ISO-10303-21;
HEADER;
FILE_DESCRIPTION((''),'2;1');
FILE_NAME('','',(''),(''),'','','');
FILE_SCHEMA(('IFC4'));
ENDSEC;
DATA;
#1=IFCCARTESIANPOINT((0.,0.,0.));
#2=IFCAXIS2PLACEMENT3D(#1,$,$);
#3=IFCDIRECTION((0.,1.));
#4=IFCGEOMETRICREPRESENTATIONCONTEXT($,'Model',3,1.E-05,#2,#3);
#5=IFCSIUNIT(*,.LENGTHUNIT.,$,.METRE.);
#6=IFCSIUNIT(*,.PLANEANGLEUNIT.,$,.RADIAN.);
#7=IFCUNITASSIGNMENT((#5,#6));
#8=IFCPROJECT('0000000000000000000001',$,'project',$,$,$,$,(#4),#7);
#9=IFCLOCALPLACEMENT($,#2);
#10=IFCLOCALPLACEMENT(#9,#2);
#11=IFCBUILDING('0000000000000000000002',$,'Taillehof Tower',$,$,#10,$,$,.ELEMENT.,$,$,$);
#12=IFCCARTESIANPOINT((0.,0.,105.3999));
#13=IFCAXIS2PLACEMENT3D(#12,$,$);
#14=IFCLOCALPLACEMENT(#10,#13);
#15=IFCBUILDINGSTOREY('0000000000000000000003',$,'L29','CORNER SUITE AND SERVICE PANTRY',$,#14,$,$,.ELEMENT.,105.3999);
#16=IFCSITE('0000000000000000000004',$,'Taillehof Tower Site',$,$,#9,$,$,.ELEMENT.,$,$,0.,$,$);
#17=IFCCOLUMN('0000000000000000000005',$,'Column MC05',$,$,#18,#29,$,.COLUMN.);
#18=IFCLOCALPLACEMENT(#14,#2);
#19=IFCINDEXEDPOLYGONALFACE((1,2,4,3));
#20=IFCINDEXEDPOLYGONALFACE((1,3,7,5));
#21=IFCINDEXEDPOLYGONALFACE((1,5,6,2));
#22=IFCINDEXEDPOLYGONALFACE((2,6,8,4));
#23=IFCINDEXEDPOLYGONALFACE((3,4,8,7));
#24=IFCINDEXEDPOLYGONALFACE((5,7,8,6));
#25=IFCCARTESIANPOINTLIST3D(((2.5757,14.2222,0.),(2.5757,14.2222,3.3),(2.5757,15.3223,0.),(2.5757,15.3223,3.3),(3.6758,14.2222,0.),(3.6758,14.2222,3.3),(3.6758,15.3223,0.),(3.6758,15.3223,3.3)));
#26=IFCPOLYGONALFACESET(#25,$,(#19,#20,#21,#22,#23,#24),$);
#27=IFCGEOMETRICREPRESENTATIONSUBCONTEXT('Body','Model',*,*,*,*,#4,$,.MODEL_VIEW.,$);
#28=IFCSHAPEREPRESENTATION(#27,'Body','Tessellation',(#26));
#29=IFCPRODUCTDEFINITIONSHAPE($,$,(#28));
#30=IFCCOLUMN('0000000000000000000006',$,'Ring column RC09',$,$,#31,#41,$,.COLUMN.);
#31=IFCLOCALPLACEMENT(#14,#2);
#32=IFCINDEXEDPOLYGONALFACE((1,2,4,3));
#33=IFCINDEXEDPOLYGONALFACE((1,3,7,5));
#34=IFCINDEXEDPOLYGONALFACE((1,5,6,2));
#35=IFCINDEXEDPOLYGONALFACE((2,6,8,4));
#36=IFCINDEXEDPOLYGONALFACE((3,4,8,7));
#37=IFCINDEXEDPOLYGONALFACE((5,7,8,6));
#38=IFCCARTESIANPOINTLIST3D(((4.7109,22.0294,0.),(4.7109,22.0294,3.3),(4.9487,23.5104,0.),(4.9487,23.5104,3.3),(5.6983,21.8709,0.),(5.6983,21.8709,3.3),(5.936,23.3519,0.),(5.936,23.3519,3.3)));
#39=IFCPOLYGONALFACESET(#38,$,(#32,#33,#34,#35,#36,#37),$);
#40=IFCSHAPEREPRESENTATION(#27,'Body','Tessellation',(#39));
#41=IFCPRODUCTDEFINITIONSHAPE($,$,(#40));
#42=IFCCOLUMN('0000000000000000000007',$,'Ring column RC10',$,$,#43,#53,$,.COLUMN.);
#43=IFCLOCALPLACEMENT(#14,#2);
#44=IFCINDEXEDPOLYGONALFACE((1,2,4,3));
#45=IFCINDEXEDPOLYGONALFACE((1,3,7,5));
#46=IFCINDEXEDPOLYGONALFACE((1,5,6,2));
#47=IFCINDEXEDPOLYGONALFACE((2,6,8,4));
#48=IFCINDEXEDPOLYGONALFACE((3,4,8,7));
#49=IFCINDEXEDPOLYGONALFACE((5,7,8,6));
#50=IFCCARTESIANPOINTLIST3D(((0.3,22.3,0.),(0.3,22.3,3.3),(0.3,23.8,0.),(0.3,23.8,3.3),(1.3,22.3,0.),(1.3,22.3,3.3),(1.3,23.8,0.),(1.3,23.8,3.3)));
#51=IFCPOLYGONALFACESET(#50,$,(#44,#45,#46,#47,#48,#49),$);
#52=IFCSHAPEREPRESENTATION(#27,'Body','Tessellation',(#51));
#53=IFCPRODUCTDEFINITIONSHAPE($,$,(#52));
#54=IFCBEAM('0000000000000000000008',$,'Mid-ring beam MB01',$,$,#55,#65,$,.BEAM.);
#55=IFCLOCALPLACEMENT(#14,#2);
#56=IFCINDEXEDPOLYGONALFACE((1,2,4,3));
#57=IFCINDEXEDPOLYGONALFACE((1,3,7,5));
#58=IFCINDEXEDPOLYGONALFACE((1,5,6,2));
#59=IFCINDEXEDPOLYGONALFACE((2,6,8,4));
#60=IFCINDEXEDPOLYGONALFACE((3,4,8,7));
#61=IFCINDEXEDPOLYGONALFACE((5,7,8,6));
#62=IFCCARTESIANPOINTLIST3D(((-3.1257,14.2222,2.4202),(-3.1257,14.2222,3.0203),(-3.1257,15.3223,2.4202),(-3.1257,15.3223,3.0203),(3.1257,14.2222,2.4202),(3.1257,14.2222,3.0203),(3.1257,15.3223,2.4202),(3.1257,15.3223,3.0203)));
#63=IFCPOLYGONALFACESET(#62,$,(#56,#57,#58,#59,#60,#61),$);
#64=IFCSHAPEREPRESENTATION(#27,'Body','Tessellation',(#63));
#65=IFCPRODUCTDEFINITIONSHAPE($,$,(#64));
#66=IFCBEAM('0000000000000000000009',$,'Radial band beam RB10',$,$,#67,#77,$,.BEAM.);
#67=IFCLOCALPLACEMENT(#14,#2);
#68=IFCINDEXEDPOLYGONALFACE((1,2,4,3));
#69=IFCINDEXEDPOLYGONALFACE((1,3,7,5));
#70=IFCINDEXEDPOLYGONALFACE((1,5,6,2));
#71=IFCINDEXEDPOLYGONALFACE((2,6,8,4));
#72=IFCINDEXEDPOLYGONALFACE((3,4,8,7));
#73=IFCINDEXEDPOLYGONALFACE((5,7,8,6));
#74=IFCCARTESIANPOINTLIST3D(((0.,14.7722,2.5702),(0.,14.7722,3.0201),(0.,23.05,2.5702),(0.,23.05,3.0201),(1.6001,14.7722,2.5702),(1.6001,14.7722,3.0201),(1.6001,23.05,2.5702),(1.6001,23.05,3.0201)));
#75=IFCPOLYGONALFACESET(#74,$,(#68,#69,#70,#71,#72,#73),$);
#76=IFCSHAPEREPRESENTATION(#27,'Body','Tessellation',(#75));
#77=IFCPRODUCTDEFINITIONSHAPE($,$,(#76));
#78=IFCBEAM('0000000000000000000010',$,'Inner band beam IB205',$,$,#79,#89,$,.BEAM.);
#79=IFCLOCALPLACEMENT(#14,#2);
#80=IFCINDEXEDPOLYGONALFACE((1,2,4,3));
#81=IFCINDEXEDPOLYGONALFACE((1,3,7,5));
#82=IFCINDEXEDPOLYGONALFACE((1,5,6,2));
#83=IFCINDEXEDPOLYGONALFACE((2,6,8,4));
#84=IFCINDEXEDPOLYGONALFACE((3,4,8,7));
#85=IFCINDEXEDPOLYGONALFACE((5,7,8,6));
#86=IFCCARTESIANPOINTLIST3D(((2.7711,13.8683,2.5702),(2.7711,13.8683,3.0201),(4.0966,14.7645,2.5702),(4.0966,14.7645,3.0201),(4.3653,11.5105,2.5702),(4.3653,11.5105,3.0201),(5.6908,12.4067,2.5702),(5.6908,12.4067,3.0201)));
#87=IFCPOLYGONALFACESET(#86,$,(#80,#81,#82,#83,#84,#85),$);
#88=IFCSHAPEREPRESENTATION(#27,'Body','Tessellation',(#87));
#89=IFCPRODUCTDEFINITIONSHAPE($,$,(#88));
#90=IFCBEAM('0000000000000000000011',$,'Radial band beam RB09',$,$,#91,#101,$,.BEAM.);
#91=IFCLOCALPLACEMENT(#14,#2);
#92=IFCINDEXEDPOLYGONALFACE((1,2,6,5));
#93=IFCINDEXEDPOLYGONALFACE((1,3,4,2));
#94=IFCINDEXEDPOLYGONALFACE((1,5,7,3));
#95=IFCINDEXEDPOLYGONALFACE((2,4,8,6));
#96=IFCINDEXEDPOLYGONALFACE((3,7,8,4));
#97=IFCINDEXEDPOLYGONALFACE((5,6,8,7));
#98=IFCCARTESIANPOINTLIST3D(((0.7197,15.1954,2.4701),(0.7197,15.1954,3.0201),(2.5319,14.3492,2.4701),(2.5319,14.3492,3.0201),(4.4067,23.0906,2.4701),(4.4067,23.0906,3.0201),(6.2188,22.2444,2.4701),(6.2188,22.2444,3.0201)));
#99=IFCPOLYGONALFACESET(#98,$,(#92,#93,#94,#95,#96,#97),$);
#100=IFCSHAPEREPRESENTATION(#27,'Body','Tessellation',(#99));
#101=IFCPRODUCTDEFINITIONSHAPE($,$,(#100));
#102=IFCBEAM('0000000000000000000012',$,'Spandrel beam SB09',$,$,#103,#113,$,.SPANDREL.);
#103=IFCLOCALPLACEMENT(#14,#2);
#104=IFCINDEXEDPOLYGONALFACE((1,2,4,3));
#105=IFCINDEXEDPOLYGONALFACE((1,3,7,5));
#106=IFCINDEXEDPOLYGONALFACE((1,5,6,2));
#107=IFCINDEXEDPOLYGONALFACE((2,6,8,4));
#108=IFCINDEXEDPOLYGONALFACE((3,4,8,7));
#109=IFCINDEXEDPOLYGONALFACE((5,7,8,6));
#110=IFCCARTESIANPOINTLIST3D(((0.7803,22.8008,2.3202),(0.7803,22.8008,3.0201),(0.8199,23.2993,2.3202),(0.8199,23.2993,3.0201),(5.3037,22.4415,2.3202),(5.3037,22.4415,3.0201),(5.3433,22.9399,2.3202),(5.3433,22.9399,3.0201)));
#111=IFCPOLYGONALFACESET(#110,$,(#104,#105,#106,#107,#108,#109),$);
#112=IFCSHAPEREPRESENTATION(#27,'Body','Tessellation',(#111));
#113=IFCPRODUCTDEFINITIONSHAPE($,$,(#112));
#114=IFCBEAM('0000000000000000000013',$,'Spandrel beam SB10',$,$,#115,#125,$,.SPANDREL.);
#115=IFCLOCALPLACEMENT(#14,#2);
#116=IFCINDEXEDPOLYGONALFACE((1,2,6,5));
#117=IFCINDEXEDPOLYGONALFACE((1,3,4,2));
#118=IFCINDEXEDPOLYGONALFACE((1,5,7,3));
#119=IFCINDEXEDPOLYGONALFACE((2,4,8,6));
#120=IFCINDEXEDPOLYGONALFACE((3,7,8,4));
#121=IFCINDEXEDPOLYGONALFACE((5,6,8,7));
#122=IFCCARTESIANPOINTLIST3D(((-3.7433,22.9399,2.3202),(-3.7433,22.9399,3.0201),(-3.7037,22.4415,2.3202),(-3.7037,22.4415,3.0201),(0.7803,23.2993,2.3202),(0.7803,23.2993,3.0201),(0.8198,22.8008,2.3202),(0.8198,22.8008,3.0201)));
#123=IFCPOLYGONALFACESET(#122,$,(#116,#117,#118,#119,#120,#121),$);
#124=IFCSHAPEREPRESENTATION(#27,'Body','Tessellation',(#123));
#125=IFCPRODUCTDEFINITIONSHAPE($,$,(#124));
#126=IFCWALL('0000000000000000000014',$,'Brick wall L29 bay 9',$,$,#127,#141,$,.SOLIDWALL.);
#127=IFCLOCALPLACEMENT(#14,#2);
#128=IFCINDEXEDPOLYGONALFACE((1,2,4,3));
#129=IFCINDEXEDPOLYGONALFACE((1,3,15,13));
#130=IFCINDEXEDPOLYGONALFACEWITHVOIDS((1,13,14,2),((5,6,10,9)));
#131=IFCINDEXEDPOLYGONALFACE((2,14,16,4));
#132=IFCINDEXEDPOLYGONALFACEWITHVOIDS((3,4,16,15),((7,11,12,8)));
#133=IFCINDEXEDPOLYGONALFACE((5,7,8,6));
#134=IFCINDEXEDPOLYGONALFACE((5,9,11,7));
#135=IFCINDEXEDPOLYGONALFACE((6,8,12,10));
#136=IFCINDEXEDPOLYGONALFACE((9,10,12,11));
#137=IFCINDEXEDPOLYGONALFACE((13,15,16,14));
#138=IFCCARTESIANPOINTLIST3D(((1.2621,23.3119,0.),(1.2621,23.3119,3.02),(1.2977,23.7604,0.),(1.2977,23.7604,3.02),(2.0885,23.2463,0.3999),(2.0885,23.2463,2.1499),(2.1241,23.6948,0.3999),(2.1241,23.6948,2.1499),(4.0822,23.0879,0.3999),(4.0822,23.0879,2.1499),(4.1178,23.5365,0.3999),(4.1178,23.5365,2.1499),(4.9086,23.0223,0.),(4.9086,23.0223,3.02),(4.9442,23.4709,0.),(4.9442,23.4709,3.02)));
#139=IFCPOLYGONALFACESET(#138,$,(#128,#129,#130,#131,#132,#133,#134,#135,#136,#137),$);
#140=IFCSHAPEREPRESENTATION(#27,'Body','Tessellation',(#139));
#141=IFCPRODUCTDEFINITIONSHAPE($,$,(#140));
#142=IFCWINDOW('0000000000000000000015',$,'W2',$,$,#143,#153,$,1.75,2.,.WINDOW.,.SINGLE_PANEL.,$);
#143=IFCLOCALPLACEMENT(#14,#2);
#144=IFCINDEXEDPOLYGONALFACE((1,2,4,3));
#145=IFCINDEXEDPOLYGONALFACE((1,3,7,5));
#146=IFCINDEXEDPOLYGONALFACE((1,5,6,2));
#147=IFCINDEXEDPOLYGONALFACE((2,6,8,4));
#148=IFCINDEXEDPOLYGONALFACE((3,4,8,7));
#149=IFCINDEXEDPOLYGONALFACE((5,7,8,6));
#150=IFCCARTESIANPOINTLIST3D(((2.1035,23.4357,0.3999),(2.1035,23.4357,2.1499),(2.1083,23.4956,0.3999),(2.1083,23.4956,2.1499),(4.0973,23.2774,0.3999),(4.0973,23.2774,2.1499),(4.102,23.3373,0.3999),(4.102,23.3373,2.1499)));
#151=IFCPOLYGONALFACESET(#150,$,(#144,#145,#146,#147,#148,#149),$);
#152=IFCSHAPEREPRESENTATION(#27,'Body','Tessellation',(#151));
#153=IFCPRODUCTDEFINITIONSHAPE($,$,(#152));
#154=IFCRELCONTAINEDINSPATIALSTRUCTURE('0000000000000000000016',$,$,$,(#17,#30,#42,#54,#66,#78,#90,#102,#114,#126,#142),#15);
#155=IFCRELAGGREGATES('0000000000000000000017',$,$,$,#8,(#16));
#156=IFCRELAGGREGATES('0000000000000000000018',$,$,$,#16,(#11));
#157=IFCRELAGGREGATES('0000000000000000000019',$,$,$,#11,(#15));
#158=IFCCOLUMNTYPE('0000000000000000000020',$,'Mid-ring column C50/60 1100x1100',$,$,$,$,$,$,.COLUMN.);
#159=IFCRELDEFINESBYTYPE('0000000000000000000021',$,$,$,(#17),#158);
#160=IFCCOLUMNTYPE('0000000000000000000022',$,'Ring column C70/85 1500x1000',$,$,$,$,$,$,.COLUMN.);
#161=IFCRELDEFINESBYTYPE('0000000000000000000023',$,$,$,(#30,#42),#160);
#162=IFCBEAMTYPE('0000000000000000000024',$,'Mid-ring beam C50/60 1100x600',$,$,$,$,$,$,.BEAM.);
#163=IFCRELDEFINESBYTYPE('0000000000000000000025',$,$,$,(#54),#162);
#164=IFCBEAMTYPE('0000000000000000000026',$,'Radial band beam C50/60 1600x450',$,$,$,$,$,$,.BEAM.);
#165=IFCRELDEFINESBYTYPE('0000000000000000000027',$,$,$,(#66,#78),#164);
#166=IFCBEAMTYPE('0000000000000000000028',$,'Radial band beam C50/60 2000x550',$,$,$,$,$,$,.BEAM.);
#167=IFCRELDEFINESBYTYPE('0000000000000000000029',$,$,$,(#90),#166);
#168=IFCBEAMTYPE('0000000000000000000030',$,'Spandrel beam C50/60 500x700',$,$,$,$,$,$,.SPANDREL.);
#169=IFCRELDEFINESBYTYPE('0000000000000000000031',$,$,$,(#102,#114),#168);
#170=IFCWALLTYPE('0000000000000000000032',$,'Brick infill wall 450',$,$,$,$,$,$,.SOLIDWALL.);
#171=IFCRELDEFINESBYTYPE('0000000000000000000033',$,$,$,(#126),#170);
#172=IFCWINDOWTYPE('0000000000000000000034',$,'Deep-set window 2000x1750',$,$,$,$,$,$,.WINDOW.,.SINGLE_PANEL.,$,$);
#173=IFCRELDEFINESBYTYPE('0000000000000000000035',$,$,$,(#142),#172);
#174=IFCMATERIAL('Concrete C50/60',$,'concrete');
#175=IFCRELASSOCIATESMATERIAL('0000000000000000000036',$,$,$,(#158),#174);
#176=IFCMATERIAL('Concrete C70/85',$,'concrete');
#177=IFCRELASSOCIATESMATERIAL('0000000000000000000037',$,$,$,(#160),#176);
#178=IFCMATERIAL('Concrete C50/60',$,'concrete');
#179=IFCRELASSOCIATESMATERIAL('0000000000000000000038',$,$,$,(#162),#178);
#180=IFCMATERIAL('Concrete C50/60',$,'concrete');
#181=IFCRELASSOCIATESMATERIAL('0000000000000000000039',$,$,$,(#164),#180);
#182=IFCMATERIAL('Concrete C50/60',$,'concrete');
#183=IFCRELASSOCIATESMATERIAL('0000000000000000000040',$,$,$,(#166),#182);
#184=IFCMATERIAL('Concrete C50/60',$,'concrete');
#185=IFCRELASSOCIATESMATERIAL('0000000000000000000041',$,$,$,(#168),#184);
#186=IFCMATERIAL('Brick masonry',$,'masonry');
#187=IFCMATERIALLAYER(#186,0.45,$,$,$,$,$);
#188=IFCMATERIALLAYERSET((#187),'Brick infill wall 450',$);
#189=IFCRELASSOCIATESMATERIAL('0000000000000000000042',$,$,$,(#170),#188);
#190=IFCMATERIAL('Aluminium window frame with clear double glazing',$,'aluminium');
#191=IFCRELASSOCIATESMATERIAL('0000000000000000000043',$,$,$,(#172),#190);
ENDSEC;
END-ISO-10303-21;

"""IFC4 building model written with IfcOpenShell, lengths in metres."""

from ifc_helpers import new_model, si_unit, direction, frame, frame_2d, origin, origin_2d, place, context, subcontext, project, spatial, rectangle, extrude, material, layer, layer_set, material_profile, profile_set, type_object, element, fill, save


model = new_model("IFC4")

# Units and contexts
model_context = context("Model", 3, precision=1e-05, world=origin(), true_north=direction((0.0, 1.0)))
body_context = subcontext(model_context, "Body", "Model", "MODEL_VIEW")
ifc_project = project(units=[si_unit("LENGTHUNIT", "METRE"), si_unit("PLANEANGLEUNIT", "RADIAN")], contexts=[model_context])

# Site, building, storey
site_placement = place(None, origin())
site = spatial("IfcSite", under=ifc_project, at=site_placement, Name="Taillehof Tower Site", CompositionType="ELEMENT", RefElevation=0.0)
building_placement = place(site_placement, origin())
building = spatial("IfcBuilding", under=site, at=building_placement, Name="Taillehof Tower", CompositionType="ELEMENT")
storey_placement = place(building_placement, frame((0.0, 0.0, 105.3999)))
storey = spatial("IfcBuildingStorey", under=building, at=storey_placement, Name="L29", Description="CORNER SUITE AND SERVICE PANTRY", CompositionType="ELEMENT", Elevation=105.3999)

# Columns
ifc_material_1 = material(Name="Concrete C50/60", Category="concrete")
ifc_material_profile_1 = material_profile(ifc_material_1, rectangle(XDim=1.1001, YDim=1.1001, at=origin_2d()), Name="RC 1100x1100")
ifc_profile_set_1 = profile_set([ifc_material_profile_1], Name="Concrete C50/60")
column_type_1 = type_object("IfcColumnType", Name="Mid-ring column C50/60 1100x1100", PredefinedType="COLUMN", material=ifc_profile_set_1)
column_placement = place(storey_placement, frame((3.1257, 14.7722, 0.0), z_axis=(0.0, 0.0, 1.0), x_axis=(1.0, 0.0, 0.0)))
element("IfcColumn", 1, at=column_placement, inside=storey, type_object=column_type_1, Name="Column MC05", PredefinedType="COLUMN", context=body_context, shape_type="SweptSolid", body=[
    extrude(rectangle(XDim=1.1001, YDim=1.1001, at=origin_2d()), origin(), (0.0, 0.0, 1.0), 3.3),
])
ifc_material_2 = material(Name="Concrete C70/85", Category="concrete")
ifc_material_profile_2 = material_profile(ifc_material_2, rectangle(XDim=1.5, YDim=1.0, at=origin_2d()), Name="RC 1500x1000")
ifc_profile_set_2 = profile_set([ifc_material_profile_2], Name="Concrete C70/85")
column_type_2 = type_object("IfcColumnType", Name="Ring column C70/85 1500x1000", PredefinedType="COLUMN", material=ifc_profile_set_2)
for number, where, z_axis, x_axis, name in (
    (2, (5.3235, 22.6907, 0.0), (0.0, 0.0, 1.0), (0.158507, 0.987358, 0.0), "Ring column RC09"),
    (3, (0.8, 23.05, 0.0), (0.0, 0.0, 1.0), (0.0, 1.0, 0.0), "Ring column RC10"),
):
    element("IfcColumn", number, at=place(storey_placement, frame(where, z_axis=z_axis, x_axis=x_axis)), inside=storey, type_object=column_type_2, Name=name, PredefinedType="COLUMN", context=body_context, shape_type="SweptSolid", body=[
        extrude(rectangle(XDim=1.5, YDim=1.0, at=origin_2d()), origin(), (0.0, 0.0, 1.0), 3.3),
    ])

# Beams
ifc_material_3 = material(Name="Concrete C50/60", Category="concrete")
ifc_material_profile_3 = material_profile(ifc_material_3, rectangle(XDim=1.1001, YDim=0.6001, at=origin_2d()), Name="RC 1100x600")
ifc_profile_set_3 = profile_set([ifc_material_profile_3], Name="Concrete C50/60")
beam_type_1 = type_object("IfcBeamType", Name="Mid-ring beam C50/60 1100x600", PredefinedType="BEAM", material=ifc_profile_set_3)
beam_1_placement = place(storey_placement, frame((3.1257, 14.7722, 2.7202), z_axis=(-1.0, 0.0, 0.0), x_axis=(0.0, -1.0, 0.0)))
element("IfcBeam", 4, at=beam_1_placement, inside=storey, type_object=beam_type_1, Name="Mid-ring beam MB01", PredefinedType="BEAM", context=body_context, shape_type="SweptSolid", body=[
    extrude(rectangle(XDim=1.1001, YDim=0.6001, at=origin_2d()), origin(), (0.0, 0.0, 1.0), 6.2515),
])
ifc_material_4 = material(Name="Concrete C50/60", Category="concrete")
ifc_material_profile_4 = material_profile(ifc_material_4, rectangle(XDim=1.6001, YDim=0.45, at=origin_2d()), Name="RC 1600x450")
ifc_profile_set_4 = profile_set([ifc_material_profile_4], Name="Concrete C50/60")
beam_type_2 = type_object("IfcBeamType", Name="Radial band beam C50/60 1600x450", PredefinedType="BEAM", material=ifc_profile_set_4)
beam_2_placement = place(storey_placement, frame((0.8, 23.05, 2.7952), z_axis=(0.0, -1.0, 0.0), x_axis=(1.0, 0.0, 0.0)))
element("IfcBeam", 5, at=beam_2_placement, inside=storey, type_object=beam_type_2, Name="Radial band beam RB10", PredefinedType="BEAM", context=body_context, shape_type="SweptSolid", body=[
    extrude(rectangle(XDim=1.6001, YDim=0.45, at=origin_2d()), origin(), (0.0, 0.0, 1.0), 8.2778),
])
beam_3_placement = place(storey_placement, frame((3.4338, 14.3164, 2.7952), z_axis=(0.560112, -0.828417, 0.0), x_axis=(0.828417, 0.560112, 0.0)))
element("IfcBeam", 6, at=beam_3_placement, inside=storey, type_object=beam_type_2, Name="Inner band beam IB205", PredefinedType="BEAM", context=body_context, shape_type="SweptSolid", body=[
    extrude(rectangle(XDim=1.6001, YDim=0.45, at=origin_2d()), origin(), (0.0, 0.0, 1.0), 2.8462),
])
ifc_material_5 = material(Name="Concrete C50/60", Category="concrete")
ifc_material_profile_5 = material_profile(ifc_material_5, rectangle(XDim=2.0, YDim=0.55, at=origin_2d()), Name="RC 2000x550")
ifc_profile_set_5 = profile_set([ifc_material_profile_5], Name="Concrete C50/60")
beam_type_3 = type_object("IfcBeamType", Name="Radial band beam C50/60 2000x550", PredefinedType="BEAM", material=ifc_profile_set_5)
beam_4_placement = place(storey_placement, frame((5.3127, 22.6675, 2.7451), z_axis=(-0.423126, -0.906071, 0.0), x_axis=(0.906071, -0.423126, 0.0)))
element("IfcBeam", 7, at=beam_4_placement, inside=storey, type_object=beam_type_3, Name="Radial band beam RB09", PredefinedType="BEAM", context=body_context, shape_type="SweptSolid", body=[
    extrude(rectangle(XDim=2.0, YDim=0.55, at=origin_2d()), origin(), (0.0, 0.0, 1.0), 8.7136),
])
ifc_material_6 = material(Name="Concrete C50/60", Category="concrete")
ifc_material_profile_6 = material_profile(ifc_material_6, rectangle(XDim=0.5, YDim=0.7, at=origin_2d()), Name="RC 500x700")
ifc_profile_set_6 = profile_set([ifc_material_profile_6], Name="Concrete C50/60")
beam_type_4 = type_object("IfcBeamType", Name="Spandrel beam C50/60 500x700", PredefinedType="SPANDREL", material=ifc_profile_set_6)
beam_5_placement = place(storey_placement, frame((5.3235, 22.6907, 2.6702), z_axis=(-0.996859, 0.079198, 0.0), x_axis=(-0.079198, -0.996859, 0.0)))
element("IfcBeam", 8, at=beam_5_placement, inside=storey, type_object=beam_type_4, Name="Spandrel beam SB09", PredefinedType="SPANDREL", context=body_context, shape_type="SweptSolid", body=[
    extrude(rectangle(XDim=0.5, YDim=0.7, at=origin_2d()), origin(), (0.0, 0.0, 1.0), 4.5376),
])
beam_6_placement = place(storey_placement, frame((0.8, 23.05, 2.6702), z_axis=(-0.996859, -0.079194, 0.0), x_axis=(0.079194, -0.996859, 0.0)))
element("IfcBeam", 9, at=beam_6_placement, inside=storey, type_object=beam_type_4, Name="Spandrel beam SB10", PredefinedType="SPANDREL", context=body_context, shape_type="SweptSolid", body=[
    extrude(rectangle(XDim=0.5, YDim=0.7, at=origin_2d()), origin(), (0.0, 0.0, 1.0), 4.5378),
])

# Wall, opening, window
ifc_material_7 = material(Name="Brick masonry", Category="masonry")
ifc_layer_1 = layer(ifc_material_7, 0.45)
ifc_layer_set_1 = layer_set([ifc_layer_1], Name="Brick infill wall 450")
wall_type_1 = type_object("IfcWallType", Name="Brick infill wall 450", PredefinedType="SOLIDWALL", material=ifc_layer_set_1)
wall_1_placement = place(storey_placement, frame((4.9265, 23.2466, 0.0), z_axis=(0.0, 0.0, 1.0), x_axis=(-0.996862, 0.079156, 0.0)))
wall_1 = element("IfcWall", 10, at=wall_1_placement, inside=storey, type_object=wall_type_1, Name="Brick wall L29 bay 9", PredefinedType="SOLIDWALL", context=body_context, shape_type="SweptSolid", body=[
    extrude(rectangle(XDim=3.658, YDim=0.45, at=frame_2d((1.8291, 0.0))), origin(), (0.0, 0.0, 1.0), 3.02),
])
opening_1_placement = place(wall_1_placement, frame((0.8291, 0.0, 0.3999)))
opening_1 = element("IfcOpeningElement", 11, at=opening_1_placement, cuts=wall_1, PredefinedType="OPENING", context=body_context, shape_type="SweptSolid", body=[
    extrude(rectangle(XDim=2.0, YDim=1.75, at=frame_2d((1.0, 0.875))), frame((0.0, 0.2349, 0.0), z_axis=(0.0, -1.0, 0.0), x_axis=(1.0, 0.0, 0.0)), (0.0, 0.0, 1.0), 0.47),
])
ifc_material_8 = material(Name="Aluminium window frame with clear double glazing", Category="aluminium")
window_type_1 = type_object("IfcWindowType", Name="Deep-set window 2000x1750", PartitioningType="SINGLE_PANEL", PredefinedType="WINDOW", material=ifc_material_8)
window_1_placement = place(opening_1_placement, origin())
window_1 = element("IfcWindow", 12, at=window_1_placement, inside=storey, type_object=window_type_1, Name="W2", OverallHeight=1.75, OverallWidth=2.0, PartitioningType="SINGLE_PANEL", PredefinedType="WINDOW", context=body_context, shape_type="SweptSolid", body=[
    extrude(rectangle(XDim=2.0, YDim=1.75, at=frame_2d((1.0, 0.875))), frame((0.0, 0.0349, 0.0), z_axis=(0.0, -1.0, 0.0), x_axis=(1.0, 0.0, 0.0)), (0.0, 0.0, 1.0), 0.0601),
])
fill(opening_1, window_1)

save(model, "model.ifc")
